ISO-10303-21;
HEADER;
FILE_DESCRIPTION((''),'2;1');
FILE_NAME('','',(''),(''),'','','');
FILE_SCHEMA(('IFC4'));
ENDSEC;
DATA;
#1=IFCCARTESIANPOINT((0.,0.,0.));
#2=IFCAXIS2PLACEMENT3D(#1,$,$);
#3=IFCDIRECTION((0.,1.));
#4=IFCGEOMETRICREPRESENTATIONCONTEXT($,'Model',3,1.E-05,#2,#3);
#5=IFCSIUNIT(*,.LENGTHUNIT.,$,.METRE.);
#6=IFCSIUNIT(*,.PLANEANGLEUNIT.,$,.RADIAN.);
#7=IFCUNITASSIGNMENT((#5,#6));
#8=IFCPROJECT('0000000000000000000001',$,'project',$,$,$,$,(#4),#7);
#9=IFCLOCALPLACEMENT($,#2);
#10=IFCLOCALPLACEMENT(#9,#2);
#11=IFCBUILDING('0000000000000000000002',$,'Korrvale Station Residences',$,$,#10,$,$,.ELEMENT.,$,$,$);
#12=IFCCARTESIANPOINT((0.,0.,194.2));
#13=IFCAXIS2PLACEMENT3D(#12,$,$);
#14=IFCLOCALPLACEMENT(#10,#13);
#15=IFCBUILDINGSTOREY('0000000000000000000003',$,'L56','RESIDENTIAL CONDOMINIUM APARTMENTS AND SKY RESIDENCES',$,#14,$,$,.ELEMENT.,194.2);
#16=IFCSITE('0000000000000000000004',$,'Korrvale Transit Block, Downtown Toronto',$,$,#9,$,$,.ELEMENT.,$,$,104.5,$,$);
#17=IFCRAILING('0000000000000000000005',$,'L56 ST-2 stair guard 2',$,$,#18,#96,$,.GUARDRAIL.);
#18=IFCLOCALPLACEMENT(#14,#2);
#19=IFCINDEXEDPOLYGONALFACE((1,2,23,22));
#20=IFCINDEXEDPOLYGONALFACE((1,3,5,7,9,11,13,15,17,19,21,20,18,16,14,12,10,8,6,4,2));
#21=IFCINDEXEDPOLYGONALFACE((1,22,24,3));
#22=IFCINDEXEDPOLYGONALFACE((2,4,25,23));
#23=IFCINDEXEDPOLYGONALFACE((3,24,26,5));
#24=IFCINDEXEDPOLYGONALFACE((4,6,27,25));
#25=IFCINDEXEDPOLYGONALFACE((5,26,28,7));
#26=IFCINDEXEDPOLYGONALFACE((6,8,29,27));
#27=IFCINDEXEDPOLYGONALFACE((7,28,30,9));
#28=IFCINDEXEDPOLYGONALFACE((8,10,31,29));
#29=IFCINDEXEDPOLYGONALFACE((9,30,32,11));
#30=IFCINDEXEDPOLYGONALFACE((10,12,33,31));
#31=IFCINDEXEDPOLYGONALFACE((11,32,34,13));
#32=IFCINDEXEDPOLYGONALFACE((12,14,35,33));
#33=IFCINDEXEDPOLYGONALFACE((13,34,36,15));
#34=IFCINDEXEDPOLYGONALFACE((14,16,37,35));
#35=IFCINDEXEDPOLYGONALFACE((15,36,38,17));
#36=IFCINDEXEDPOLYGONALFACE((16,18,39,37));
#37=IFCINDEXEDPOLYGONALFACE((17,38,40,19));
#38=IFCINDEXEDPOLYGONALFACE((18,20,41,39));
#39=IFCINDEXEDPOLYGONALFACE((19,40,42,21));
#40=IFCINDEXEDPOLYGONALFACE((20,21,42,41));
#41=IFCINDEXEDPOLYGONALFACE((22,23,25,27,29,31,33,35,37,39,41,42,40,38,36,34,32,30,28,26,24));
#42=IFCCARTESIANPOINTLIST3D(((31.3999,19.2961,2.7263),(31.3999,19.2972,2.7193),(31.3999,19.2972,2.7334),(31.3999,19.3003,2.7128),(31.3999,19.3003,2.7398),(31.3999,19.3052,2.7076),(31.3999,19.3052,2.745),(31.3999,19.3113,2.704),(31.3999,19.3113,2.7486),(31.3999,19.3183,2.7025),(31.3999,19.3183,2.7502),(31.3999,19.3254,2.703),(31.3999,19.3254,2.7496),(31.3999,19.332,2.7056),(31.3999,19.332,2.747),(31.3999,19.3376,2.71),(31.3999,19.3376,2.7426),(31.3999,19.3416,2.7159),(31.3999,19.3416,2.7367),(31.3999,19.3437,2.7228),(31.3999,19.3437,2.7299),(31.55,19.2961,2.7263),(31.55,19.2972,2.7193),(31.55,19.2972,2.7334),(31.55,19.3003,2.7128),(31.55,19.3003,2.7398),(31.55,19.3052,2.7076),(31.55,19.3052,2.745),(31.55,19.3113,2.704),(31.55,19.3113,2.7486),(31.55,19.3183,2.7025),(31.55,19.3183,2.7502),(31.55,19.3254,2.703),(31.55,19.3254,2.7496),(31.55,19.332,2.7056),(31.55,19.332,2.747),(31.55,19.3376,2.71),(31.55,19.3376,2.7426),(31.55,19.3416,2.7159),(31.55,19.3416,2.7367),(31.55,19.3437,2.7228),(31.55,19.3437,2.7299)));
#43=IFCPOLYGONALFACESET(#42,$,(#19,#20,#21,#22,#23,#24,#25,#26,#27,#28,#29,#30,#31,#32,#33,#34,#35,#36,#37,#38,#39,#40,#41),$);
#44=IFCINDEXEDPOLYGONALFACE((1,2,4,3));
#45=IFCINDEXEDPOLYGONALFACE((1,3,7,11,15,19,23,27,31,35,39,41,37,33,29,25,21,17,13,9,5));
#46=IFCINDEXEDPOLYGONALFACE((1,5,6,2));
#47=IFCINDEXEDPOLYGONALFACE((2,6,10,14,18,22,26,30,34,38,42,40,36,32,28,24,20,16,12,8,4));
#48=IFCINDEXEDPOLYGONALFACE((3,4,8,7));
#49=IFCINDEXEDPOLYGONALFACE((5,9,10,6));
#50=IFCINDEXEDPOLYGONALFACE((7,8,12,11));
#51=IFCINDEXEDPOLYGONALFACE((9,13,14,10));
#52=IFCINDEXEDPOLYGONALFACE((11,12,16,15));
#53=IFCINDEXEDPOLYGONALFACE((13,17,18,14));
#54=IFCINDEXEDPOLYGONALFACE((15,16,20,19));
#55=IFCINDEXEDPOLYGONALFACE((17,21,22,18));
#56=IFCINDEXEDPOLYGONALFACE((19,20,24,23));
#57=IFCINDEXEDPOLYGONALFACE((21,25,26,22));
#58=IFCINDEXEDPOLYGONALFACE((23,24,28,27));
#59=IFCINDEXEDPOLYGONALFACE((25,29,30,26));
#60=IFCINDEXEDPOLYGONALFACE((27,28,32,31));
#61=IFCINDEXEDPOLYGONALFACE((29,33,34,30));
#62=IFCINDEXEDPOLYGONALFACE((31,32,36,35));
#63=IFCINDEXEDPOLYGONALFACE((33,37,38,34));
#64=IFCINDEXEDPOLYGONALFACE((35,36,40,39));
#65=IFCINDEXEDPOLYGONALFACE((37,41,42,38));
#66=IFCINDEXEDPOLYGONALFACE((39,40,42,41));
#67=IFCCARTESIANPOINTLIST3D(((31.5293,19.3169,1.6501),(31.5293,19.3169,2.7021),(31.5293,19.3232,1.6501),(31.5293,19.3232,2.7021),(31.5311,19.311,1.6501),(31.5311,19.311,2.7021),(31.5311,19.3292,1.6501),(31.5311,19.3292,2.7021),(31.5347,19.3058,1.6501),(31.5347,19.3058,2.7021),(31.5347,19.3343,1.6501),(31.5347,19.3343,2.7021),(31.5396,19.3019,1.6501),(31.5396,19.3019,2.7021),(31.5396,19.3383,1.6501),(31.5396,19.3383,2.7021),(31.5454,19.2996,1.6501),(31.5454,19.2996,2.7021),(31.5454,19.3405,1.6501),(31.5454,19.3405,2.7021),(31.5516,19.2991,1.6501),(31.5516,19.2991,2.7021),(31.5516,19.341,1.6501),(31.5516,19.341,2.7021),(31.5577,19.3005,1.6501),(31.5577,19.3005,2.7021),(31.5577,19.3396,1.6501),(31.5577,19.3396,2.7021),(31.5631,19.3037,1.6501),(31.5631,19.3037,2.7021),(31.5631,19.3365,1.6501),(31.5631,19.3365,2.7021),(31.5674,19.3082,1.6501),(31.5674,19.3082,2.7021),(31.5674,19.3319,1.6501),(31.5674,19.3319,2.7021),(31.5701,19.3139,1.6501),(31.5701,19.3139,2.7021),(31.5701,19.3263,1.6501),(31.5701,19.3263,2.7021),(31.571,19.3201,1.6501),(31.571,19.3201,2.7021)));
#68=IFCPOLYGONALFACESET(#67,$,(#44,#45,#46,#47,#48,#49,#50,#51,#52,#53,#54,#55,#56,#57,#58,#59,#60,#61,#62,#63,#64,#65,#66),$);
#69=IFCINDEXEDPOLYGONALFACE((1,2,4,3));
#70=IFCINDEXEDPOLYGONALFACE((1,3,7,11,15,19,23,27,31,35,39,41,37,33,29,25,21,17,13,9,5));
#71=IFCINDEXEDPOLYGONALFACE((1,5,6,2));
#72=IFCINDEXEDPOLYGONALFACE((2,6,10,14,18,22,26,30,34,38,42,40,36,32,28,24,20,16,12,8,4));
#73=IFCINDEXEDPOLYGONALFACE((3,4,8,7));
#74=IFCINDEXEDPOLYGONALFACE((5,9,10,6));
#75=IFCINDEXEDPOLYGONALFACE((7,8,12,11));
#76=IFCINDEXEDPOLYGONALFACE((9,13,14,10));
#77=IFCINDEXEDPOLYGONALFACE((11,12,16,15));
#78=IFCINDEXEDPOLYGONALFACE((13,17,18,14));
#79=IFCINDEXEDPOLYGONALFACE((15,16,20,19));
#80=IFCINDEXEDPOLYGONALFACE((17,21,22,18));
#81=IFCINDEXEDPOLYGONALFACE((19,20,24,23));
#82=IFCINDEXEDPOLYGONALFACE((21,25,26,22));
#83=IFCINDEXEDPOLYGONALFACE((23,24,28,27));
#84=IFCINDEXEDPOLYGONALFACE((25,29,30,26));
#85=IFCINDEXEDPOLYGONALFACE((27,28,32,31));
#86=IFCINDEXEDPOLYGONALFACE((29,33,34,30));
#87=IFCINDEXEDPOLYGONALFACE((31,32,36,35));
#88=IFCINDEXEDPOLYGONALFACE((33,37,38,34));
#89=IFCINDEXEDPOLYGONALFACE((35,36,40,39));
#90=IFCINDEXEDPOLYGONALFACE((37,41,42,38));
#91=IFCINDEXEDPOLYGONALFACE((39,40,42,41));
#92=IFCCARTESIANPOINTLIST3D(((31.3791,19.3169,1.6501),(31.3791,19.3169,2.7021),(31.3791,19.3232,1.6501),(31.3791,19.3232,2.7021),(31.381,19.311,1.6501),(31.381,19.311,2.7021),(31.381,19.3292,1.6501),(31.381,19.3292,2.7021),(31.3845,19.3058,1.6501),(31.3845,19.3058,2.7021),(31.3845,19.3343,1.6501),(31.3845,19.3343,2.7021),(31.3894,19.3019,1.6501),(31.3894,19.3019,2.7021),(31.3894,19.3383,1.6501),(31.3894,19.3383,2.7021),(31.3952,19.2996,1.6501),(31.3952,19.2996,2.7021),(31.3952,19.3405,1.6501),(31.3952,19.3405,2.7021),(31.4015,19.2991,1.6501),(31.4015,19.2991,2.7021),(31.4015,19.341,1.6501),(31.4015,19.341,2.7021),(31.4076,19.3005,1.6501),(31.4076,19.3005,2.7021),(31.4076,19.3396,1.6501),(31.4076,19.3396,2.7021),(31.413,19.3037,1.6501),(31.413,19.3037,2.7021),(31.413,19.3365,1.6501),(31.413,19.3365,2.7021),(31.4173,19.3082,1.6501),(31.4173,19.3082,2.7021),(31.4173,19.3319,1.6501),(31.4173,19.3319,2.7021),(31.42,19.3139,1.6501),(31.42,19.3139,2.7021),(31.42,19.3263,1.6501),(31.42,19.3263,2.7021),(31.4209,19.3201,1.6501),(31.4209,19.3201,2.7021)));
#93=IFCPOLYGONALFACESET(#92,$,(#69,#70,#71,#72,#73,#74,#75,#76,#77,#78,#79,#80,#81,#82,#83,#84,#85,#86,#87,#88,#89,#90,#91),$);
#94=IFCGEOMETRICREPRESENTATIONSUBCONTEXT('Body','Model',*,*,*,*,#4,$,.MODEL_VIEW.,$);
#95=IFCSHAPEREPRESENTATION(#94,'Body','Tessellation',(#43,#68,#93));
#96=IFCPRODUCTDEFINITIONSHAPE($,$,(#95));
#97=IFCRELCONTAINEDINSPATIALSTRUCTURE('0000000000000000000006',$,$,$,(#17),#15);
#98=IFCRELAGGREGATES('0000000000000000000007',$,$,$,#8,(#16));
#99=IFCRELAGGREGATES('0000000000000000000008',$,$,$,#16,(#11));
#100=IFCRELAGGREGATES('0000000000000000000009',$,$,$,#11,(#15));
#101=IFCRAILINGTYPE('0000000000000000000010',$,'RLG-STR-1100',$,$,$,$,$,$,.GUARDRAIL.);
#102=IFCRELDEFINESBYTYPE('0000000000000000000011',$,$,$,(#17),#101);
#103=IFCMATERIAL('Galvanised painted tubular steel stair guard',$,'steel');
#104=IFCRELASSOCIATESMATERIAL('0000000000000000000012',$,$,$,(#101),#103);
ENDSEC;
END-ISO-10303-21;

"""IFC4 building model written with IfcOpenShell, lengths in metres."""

from ifc_helpers import new_model, si_unit, direction, frame, origin, origin_2d, place, context, subcontext, project, spatial, circle, extrude, material, type_object, element, save


model = new_model("IFC4")

# Units and contexts
model_context = context("Model", 3, precision=1e-05, world=origin(), true_north=direction((0.0, 1.0)))
body_context = subcontext(model_context, "Body", "Model", "MODEL_VIEW")
ifc_project = project(units=[si_unit("LENGTHUNIT", "METRE"), si_unit("PLANEANGLEUNIT", "RADIAN")], contexts=[model_context])

# Site, building, storey
site_placement = place(None, origin())
site = spatial("IfcSite", under=ifc_project, at=site_placement, Name="Korrvale Transit Block, Downtown Toronto", CompositionType="ELEMENT", RefElevation=104.5)
building_placement = place(site_placement, origin())
building = spatial("IfcBuilding", under=site, at=building_placement, Name="Korrvale Station Residences", CompositionType="ELEMENT")
storey_placement = place(building_placement, frame((0.0, 0.0, 194.2)))
storey = spatial("IfcBuildingStorey", under=building, at=storey_placement, Name="L56", Description="RESIDENTIAL CONDOMINIUM APARTMENTS AND SKY RESIDENCES", CompositionType="ELEMENT", Elevation=194.2)

# Railing
ifc_material_1 = material(Name="Galvanised painted tubular steel stair guard", Category="steel")
railing_type_1 = type_object("IfcRailingType", Name="RLG-STR-1100", PredefinedType="GUARDRAIL", material=ifc_material_1)
railing_1_placement = place(storey_placement, frame((31.55, 19.3201, 1.6501)))
element("IfcRailing", 1, at=railing_1_placement, inside=storey, type_object=railing_type_1, Name="L56 ST-2 stair guard 2", PredefinedType="GUARDRAIL", context=body_context, shape_type="SweptSolid", body=[
    extrude(circle(Radius=0.0239, at=origin_2d()), frame((0.0, 0.0, 1.0762), z_axis=(-1.0, 0.0, 0.0), x_axis=(0.0, -1.0, 0.0)), (0.0, 0.0, 1.0), 0.1501),
    extrude(circle(Radius=0.021, at=origin_2d()), origin(), (0.0, 0.0, 1.0), 1.052),
    extrude(circle(Radius=0.021, at=origin_2d()), frame((-0.1501, 0.0, 0.0)), (0.0, 0.0, 1.0), 1.052),
])

save(model, "model.ifc")
